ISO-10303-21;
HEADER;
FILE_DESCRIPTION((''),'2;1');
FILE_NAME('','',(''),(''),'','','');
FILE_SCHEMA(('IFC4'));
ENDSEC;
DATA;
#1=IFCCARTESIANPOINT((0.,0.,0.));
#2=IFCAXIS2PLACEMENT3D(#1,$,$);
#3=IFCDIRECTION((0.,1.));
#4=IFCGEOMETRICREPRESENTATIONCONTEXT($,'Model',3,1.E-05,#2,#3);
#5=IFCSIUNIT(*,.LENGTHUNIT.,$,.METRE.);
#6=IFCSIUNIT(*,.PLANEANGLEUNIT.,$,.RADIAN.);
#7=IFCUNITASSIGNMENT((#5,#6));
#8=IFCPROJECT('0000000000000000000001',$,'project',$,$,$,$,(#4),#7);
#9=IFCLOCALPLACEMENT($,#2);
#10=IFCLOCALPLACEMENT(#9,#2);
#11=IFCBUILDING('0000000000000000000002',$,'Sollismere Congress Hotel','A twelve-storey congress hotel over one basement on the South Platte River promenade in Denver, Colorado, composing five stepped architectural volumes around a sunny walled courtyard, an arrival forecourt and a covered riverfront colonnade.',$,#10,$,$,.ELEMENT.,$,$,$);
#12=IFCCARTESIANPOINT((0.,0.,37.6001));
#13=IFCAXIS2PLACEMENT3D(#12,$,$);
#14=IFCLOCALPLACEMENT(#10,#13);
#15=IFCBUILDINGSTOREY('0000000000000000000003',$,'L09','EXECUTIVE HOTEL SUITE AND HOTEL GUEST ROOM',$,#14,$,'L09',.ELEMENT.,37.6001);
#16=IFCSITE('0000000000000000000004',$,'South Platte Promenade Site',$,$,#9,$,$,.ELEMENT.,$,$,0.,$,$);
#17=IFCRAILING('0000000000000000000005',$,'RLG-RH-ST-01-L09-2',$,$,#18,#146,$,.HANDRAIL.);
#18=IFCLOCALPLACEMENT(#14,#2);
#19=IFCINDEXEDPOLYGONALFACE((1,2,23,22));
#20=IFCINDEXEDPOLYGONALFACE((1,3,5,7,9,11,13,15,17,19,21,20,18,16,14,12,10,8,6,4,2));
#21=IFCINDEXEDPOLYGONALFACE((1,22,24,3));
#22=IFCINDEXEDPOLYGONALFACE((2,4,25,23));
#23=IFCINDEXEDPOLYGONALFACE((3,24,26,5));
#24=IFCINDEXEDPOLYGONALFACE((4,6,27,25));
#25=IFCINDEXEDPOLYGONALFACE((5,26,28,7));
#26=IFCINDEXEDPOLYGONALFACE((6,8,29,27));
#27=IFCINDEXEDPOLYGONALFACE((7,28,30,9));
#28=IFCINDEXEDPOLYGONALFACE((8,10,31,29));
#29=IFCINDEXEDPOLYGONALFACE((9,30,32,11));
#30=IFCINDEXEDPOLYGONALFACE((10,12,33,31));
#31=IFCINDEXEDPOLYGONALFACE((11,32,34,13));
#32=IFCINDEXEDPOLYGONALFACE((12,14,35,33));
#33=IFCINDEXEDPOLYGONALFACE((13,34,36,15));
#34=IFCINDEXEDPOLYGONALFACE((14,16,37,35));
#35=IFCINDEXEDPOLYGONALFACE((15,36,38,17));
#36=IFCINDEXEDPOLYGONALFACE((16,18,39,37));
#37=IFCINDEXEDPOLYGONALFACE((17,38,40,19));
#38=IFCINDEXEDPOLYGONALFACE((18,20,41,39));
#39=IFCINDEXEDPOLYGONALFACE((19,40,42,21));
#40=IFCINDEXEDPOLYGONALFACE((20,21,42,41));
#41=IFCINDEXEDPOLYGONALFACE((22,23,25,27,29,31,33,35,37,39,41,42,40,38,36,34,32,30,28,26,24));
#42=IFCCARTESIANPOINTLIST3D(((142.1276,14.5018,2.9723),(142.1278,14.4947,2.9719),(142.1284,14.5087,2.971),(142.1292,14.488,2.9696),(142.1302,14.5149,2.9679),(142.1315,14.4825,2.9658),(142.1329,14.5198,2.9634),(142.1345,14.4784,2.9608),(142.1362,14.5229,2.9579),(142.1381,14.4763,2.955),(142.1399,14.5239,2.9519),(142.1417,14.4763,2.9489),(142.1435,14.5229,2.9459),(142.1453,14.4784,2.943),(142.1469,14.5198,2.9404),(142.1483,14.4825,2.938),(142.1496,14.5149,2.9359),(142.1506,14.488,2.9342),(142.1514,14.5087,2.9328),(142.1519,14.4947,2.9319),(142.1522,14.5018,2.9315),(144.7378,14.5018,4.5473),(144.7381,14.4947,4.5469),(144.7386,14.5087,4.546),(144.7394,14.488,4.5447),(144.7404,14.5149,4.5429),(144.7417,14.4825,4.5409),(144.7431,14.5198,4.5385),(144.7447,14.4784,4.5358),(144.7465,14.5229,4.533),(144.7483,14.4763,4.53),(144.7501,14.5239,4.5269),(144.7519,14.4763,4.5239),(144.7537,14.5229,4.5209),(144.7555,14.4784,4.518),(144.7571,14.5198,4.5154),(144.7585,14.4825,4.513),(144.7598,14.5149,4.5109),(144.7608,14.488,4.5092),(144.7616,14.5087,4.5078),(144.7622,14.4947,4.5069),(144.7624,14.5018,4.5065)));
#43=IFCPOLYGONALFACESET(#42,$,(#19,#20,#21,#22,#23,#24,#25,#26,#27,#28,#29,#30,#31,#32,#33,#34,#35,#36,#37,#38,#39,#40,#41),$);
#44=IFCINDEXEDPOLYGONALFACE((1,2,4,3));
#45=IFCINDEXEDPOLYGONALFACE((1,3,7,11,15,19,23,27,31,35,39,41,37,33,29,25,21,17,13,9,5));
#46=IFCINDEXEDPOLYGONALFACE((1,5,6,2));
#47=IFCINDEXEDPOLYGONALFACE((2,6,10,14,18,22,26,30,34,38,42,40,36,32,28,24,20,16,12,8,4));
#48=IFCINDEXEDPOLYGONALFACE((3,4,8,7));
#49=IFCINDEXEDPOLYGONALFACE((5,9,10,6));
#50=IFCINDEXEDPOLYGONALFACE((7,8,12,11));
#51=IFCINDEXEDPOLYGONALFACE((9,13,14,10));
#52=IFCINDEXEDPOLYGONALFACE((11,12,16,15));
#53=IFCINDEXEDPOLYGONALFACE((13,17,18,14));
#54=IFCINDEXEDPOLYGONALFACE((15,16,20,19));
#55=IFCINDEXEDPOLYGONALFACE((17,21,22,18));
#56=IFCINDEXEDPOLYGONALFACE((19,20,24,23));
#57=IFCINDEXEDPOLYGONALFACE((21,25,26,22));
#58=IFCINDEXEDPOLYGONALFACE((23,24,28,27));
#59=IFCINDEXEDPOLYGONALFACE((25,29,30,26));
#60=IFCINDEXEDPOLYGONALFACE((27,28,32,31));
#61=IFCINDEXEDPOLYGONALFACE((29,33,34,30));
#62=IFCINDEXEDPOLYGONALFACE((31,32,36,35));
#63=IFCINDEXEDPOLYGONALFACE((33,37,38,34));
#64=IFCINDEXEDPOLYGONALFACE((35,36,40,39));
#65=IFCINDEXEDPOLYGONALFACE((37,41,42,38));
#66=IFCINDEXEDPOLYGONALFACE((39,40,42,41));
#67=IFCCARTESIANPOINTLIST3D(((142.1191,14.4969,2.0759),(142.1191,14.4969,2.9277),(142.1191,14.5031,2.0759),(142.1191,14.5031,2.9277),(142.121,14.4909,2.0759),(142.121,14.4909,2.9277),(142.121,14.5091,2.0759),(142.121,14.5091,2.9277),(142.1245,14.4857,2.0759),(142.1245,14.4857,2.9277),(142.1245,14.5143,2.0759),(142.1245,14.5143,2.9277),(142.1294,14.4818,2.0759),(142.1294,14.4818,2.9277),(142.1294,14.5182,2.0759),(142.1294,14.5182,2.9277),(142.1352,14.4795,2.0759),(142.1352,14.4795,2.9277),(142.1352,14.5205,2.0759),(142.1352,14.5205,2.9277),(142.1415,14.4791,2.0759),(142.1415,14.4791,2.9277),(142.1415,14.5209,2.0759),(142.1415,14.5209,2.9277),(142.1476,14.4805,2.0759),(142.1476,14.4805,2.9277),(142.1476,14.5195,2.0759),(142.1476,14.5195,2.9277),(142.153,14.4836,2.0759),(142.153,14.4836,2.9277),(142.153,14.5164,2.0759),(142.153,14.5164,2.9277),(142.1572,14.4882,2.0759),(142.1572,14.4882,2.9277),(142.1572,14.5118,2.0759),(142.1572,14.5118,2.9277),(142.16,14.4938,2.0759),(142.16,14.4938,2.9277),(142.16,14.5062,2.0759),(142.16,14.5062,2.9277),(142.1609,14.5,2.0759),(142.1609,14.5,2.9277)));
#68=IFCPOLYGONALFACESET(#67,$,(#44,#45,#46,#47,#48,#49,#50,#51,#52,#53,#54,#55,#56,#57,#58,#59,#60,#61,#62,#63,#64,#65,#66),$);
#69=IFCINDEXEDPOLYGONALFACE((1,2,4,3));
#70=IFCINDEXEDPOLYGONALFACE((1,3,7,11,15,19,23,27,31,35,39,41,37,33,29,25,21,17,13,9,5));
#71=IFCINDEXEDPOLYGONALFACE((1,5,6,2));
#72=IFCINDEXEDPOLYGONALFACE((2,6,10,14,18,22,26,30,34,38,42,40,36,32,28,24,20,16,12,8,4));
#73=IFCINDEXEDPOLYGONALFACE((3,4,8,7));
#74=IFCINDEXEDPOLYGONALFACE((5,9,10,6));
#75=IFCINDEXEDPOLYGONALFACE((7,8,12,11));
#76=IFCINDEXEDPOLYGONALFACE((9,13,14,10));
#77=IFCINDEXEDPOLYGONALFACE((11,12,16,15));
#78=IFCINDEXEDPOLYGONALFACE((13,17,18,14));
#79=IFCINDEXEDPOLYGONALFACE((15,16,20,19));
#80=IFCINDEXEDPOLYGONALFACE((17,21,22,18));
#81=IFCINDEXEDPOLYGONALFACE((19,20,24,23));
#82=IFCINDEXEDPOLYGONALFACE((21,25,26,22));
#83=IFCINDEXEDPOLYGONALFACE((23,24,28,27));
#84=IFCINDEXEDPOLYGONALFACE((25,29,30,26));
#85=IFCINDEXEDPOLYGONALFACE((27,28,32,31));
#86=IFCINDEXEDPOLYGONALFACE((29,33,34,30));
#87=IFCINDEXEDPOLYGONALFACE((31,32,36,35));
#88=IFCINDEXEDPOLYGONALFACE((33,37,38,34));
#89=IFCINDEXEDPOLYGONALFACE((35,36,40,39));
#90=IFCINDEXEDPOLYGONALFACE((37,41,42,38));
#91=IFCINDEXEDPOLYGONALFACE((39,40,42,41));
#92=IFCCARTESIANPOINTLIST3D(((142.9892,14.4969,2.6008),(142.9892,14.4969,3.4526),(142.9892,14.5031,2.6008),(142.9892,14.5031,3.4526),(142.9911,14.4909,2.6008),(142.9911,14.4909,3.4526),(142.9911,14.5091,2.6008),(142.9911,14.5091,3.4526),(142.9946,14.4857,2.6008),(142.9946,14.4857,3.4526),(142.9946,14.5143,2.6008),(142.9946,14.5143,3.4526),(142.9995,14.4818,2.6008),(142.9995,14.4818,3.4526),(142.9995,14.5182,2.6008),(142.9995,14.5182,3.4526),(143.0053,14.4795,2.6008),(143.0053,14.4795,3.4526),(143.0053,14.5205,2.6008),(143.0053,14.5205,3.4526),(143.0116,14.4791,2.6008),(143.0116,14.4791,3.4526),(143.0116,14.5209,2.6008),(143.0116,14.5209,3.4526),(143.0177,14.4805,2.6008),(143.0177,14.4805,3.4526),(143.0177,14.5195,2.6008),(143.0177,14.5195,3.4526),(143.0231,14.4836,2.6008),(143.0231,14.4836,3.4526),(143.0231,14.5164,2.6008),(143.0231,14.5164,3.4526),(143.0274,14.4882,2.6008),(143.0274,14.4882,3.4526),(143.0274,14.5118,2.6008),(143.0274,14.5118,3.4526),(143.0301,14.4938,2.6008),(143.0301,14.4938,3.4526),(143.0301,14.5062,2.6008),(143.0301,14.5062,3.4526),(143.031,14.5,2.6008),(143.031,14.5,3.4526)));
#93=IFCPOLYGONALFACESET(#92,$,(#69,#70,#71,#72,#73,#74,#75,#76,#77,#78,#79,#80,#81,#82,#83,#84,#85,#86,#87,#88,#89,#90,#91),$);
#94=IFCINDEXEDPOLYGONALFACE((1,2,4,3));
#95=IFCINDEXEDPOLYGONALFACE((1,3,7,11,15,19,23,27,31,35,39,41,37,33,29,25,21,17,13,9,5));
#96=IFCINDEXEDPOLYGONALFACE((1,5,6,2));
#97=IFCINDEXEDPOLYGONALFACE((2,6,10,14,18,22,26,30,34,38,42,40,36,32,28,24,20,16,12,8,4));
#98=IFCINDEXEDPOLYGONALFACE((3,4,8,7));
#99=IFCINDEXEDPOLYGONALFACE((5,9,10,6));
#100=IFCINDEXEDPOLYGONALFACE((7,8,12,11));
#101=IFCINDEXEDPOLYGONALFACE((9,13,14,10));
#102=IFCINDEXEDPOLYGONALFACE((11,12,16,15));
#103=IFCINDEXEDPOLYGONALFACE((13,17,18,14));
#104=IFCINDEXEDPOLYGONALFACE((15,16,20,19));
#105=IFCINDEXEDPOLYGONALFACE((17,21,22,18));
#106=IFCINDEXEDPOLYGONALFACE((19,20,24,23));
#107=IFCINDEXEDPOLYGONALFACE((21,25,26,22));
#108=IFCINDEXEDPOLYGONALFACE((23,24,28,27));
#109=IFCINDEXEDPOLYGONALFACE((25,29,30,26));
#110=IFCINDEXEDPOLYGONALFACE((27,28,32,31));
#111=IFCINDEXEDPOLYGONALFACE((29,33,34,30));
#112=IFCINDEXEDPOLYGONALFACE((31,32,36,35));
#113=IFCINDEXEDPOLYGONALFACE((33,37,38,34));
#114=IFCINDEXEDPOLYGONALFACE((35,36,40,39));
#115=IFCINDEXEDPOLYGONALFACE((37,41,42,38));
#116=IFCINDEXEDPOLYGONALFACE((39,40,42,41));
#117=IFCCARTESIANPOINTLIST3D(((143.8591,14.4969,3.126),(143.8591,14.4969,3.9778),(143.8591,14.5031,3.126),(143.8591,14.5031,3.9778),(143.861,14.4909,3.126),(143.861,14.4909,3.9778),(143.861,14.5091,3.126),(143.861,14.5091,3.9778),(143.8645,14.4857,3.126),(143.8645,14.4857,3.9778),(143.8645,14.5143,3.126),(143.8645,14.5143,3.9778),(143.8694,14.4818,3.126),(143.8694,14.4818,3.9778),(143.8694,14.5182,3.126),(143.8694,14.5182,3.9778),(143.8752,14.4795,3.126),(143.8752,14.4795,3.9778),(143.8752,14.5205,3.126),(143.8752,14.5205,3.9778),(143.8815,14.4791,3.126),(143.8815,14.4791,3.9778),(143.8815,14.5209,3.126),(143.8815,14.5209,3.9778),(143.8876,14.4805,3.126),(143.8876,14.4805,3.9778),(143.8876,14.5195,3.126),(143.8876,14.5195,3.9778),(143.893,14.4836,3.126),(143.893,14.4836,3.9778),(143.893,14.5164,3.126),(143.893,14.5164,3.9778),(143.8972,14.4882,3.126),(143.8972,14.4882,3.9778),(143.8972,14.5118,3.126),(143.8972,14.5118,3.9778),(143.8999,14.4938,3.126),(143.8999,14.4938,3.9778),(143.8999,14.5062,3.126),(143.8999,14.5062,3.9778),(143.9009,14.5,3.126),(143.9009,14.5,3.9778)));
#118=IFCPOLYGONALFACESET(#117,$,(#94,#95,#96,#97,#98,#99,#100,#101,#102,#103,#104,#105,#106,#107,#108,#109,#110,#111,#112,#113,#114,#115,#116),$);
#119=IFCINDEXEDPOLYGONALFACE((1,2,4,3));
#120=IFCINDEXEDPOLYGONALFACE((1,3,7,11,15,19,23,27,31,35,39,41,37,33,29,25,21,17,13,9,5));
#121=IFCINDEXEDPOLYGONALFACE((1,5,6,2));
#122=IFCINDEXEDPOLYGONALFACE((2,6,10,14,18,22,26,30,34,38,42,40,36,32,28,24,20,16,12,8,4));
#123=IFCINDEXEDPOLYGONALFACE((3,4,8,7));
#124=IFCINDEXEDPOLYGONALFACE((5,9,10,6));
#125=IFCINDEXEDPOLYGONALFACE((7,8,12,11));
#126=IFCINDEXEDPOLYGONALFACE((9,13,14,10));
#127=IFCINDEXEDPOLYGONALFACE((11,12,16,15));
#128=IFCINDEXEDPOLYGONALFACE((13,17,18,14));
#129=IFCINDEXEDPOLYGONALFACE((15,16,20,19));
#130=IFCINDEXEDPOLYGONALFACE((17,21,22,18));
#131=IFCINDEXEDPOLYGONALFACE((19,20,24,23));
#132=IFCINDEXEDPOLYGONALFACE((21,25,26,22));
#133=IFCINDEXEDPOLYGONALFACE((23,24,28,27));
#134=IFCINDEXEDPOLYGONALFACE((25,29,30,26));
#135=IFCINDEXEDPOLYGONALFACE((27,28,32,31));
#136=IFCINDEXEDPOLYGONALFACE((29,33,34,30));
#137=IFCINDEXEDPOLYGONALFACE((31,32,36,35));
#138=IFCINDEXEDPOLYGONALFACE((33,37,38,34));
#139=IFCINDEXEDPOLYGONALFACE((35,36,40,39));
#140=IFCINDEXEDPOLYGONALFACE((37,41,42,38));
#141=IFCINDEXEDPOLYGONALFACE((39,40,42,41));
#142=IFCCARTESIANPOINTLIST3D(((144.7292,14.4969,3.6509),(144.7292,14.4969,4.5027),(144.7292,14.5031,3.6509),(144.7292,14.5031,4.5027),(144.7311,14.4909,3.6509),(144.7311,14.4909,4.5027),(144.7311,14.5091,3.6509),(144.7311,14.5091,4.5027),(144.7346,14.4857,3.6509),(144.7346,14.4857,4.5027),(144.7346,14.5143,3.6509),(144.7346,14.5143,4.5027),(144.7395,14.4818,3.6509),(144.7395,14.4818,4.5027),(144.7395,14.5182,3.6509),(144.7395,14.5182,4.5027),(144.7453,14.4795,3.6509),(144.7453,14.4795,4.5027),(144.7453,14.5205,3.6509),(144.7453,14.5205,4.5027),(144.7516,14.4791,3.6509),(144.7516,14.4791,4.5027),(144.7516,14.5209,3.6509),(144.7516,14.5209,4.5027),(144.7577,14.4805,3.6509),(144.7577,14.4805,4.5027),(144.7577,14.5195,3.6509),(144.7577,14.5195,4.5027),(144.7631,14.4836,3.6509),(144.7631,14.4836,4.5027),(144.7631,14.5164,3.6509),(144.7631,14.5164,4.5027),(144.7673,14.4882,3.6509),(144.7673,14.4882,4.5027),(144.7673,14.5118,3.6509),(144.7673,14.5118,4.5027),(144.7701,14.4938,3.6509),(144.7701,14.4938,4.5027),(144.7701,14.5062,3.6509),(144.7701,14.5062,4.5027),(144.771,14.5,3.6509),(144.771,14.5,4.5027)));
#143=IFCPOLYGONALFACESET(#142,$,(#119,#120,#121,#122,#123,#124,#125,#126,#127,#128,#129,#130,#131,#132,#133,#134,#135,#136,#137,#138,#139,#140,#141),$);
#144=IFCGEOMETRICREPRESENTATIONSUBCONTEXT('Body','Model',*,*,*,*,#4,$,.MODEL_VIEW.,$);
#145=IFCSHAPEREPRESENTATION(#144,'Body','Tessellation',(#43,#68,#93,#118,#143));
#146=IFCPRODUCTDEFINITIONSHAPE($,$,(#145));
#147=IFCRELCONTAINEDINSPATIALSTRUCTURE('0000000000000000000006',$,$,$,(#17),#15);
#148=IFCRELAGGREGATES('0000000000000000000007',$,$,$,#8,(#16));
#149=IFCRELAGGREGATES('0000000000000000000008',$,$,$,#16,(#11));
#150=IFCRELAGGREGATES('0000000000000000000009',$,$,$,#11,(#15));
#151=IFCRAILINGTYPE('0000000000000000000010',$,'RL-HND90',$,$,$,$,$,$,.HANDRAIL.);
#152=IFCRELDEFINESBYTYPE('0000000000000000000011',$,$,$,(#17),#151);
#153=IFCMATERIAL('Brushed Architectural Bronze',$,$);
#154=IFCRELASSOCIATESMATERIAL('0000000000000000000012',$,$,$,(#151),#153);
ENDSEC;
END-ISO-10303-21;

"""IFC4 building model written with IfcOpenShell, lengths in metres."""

from ifc_helpers import new_model, si_unit, direction, frame, origin, origin_2d, place, context, subcontext, project, spatial, circle, extrude, material, type_object, element, save


model = new_model("IFC4")

# Units and contexts
model_context = context("Model", 3, precision=1e-05, world=origin(), true_north=direction((0.0, 1.0)))
body_context = subcontext(model_context, "Body", "Model", "MODEL_VIEW")
ifc_project = project(units=[si_unit("LENGTHUNIT", "METRE"), si_unit("PLANEANGLEUNIT", "RADIAN")], contexts=[model_context])

# Site, building, storey
site_placement = place(None, origin())
site = spatial("IfcSite", under=ifc_project, at=site_placement, Name="South Platte Promenade Site", CompositionType="ELEMENT", RefElevation=0.0)
building_placement = place(site_placement, origin())
building = spatial("IfcBuilding", under=site, at=building_placement, Name="Sollismere Congress Hotel", Description="A twelve-storey congress hotel over one basement on the South Platte River promenade in Denver, Colorado, composing five stepped architectural volumes around a sunny walled courtyard, an arrival forecourt and a covered riverfront colonnade.", CompositionType="ELEMENT")
storey_placement = place(building_placement, frame((0.0, 0.0, 37.6001)))
storey = spatial("IfcBuildingStorey", under=building, at=storey_placement, Name="L09", Description="EXECUTIVE HOTEL SUITE AND HOTEL GUEST ROOM", LongName="L09", CompositionType="ELEMENT", Elevation=37.6001)

# Railing
ifc_material_1 = material(Name="Brushed Architectural Bronze")
railing_type_1 = type_object("IfcRailingType", Name="RL-HND90", PredefinedType="HANDRAIL", material=ifc_material_1)
railing_1_placement = place(storey_placement, frame((142.1399, 14.5, 2.0759)))
element("IfcRailing", 1, at=railing_1_placement, inside=storey, type_object=railing_type_1, Name="RLG-RH-ST-01-L09-2", PredefinedType="HANDRAIL", context=body_context, shape_type="SweptSolid", body=[
    extrude(circle(Radius=0.0239, at=origin_2d()), frame((0.0, 0.0, 0.876), z_axis=(0.856204, 0.0, 0.516638), x_axis=(0.0, 1.0, 0.0)), (0.0, 0.0, 1.0), 3.0486),
    extrude(circle(Radius=0.021, at=origin_2d()), origin(), (0.0, 0.0, 1.0), 0.8518),
    extrude(circle(Radius=0.021, at=origin_2d()), frame((0.8701, 0.0, 0.5249)), (0.0, 0.0, 1.0), 0.8518),
    extrude(circle(Radius=0.021, at=origin_2d()), frame((1.74, 0.0, 1.05)), (0.0, 0.0, 1.0), 0.8518),
    extrude(circle(Radius=0.021, at=origin_2d()), frame((2.6101, 0.0, 1.575)), (0.0, 0.0, 1.0), 0.8518),
])

save(model, "model.ifc")
